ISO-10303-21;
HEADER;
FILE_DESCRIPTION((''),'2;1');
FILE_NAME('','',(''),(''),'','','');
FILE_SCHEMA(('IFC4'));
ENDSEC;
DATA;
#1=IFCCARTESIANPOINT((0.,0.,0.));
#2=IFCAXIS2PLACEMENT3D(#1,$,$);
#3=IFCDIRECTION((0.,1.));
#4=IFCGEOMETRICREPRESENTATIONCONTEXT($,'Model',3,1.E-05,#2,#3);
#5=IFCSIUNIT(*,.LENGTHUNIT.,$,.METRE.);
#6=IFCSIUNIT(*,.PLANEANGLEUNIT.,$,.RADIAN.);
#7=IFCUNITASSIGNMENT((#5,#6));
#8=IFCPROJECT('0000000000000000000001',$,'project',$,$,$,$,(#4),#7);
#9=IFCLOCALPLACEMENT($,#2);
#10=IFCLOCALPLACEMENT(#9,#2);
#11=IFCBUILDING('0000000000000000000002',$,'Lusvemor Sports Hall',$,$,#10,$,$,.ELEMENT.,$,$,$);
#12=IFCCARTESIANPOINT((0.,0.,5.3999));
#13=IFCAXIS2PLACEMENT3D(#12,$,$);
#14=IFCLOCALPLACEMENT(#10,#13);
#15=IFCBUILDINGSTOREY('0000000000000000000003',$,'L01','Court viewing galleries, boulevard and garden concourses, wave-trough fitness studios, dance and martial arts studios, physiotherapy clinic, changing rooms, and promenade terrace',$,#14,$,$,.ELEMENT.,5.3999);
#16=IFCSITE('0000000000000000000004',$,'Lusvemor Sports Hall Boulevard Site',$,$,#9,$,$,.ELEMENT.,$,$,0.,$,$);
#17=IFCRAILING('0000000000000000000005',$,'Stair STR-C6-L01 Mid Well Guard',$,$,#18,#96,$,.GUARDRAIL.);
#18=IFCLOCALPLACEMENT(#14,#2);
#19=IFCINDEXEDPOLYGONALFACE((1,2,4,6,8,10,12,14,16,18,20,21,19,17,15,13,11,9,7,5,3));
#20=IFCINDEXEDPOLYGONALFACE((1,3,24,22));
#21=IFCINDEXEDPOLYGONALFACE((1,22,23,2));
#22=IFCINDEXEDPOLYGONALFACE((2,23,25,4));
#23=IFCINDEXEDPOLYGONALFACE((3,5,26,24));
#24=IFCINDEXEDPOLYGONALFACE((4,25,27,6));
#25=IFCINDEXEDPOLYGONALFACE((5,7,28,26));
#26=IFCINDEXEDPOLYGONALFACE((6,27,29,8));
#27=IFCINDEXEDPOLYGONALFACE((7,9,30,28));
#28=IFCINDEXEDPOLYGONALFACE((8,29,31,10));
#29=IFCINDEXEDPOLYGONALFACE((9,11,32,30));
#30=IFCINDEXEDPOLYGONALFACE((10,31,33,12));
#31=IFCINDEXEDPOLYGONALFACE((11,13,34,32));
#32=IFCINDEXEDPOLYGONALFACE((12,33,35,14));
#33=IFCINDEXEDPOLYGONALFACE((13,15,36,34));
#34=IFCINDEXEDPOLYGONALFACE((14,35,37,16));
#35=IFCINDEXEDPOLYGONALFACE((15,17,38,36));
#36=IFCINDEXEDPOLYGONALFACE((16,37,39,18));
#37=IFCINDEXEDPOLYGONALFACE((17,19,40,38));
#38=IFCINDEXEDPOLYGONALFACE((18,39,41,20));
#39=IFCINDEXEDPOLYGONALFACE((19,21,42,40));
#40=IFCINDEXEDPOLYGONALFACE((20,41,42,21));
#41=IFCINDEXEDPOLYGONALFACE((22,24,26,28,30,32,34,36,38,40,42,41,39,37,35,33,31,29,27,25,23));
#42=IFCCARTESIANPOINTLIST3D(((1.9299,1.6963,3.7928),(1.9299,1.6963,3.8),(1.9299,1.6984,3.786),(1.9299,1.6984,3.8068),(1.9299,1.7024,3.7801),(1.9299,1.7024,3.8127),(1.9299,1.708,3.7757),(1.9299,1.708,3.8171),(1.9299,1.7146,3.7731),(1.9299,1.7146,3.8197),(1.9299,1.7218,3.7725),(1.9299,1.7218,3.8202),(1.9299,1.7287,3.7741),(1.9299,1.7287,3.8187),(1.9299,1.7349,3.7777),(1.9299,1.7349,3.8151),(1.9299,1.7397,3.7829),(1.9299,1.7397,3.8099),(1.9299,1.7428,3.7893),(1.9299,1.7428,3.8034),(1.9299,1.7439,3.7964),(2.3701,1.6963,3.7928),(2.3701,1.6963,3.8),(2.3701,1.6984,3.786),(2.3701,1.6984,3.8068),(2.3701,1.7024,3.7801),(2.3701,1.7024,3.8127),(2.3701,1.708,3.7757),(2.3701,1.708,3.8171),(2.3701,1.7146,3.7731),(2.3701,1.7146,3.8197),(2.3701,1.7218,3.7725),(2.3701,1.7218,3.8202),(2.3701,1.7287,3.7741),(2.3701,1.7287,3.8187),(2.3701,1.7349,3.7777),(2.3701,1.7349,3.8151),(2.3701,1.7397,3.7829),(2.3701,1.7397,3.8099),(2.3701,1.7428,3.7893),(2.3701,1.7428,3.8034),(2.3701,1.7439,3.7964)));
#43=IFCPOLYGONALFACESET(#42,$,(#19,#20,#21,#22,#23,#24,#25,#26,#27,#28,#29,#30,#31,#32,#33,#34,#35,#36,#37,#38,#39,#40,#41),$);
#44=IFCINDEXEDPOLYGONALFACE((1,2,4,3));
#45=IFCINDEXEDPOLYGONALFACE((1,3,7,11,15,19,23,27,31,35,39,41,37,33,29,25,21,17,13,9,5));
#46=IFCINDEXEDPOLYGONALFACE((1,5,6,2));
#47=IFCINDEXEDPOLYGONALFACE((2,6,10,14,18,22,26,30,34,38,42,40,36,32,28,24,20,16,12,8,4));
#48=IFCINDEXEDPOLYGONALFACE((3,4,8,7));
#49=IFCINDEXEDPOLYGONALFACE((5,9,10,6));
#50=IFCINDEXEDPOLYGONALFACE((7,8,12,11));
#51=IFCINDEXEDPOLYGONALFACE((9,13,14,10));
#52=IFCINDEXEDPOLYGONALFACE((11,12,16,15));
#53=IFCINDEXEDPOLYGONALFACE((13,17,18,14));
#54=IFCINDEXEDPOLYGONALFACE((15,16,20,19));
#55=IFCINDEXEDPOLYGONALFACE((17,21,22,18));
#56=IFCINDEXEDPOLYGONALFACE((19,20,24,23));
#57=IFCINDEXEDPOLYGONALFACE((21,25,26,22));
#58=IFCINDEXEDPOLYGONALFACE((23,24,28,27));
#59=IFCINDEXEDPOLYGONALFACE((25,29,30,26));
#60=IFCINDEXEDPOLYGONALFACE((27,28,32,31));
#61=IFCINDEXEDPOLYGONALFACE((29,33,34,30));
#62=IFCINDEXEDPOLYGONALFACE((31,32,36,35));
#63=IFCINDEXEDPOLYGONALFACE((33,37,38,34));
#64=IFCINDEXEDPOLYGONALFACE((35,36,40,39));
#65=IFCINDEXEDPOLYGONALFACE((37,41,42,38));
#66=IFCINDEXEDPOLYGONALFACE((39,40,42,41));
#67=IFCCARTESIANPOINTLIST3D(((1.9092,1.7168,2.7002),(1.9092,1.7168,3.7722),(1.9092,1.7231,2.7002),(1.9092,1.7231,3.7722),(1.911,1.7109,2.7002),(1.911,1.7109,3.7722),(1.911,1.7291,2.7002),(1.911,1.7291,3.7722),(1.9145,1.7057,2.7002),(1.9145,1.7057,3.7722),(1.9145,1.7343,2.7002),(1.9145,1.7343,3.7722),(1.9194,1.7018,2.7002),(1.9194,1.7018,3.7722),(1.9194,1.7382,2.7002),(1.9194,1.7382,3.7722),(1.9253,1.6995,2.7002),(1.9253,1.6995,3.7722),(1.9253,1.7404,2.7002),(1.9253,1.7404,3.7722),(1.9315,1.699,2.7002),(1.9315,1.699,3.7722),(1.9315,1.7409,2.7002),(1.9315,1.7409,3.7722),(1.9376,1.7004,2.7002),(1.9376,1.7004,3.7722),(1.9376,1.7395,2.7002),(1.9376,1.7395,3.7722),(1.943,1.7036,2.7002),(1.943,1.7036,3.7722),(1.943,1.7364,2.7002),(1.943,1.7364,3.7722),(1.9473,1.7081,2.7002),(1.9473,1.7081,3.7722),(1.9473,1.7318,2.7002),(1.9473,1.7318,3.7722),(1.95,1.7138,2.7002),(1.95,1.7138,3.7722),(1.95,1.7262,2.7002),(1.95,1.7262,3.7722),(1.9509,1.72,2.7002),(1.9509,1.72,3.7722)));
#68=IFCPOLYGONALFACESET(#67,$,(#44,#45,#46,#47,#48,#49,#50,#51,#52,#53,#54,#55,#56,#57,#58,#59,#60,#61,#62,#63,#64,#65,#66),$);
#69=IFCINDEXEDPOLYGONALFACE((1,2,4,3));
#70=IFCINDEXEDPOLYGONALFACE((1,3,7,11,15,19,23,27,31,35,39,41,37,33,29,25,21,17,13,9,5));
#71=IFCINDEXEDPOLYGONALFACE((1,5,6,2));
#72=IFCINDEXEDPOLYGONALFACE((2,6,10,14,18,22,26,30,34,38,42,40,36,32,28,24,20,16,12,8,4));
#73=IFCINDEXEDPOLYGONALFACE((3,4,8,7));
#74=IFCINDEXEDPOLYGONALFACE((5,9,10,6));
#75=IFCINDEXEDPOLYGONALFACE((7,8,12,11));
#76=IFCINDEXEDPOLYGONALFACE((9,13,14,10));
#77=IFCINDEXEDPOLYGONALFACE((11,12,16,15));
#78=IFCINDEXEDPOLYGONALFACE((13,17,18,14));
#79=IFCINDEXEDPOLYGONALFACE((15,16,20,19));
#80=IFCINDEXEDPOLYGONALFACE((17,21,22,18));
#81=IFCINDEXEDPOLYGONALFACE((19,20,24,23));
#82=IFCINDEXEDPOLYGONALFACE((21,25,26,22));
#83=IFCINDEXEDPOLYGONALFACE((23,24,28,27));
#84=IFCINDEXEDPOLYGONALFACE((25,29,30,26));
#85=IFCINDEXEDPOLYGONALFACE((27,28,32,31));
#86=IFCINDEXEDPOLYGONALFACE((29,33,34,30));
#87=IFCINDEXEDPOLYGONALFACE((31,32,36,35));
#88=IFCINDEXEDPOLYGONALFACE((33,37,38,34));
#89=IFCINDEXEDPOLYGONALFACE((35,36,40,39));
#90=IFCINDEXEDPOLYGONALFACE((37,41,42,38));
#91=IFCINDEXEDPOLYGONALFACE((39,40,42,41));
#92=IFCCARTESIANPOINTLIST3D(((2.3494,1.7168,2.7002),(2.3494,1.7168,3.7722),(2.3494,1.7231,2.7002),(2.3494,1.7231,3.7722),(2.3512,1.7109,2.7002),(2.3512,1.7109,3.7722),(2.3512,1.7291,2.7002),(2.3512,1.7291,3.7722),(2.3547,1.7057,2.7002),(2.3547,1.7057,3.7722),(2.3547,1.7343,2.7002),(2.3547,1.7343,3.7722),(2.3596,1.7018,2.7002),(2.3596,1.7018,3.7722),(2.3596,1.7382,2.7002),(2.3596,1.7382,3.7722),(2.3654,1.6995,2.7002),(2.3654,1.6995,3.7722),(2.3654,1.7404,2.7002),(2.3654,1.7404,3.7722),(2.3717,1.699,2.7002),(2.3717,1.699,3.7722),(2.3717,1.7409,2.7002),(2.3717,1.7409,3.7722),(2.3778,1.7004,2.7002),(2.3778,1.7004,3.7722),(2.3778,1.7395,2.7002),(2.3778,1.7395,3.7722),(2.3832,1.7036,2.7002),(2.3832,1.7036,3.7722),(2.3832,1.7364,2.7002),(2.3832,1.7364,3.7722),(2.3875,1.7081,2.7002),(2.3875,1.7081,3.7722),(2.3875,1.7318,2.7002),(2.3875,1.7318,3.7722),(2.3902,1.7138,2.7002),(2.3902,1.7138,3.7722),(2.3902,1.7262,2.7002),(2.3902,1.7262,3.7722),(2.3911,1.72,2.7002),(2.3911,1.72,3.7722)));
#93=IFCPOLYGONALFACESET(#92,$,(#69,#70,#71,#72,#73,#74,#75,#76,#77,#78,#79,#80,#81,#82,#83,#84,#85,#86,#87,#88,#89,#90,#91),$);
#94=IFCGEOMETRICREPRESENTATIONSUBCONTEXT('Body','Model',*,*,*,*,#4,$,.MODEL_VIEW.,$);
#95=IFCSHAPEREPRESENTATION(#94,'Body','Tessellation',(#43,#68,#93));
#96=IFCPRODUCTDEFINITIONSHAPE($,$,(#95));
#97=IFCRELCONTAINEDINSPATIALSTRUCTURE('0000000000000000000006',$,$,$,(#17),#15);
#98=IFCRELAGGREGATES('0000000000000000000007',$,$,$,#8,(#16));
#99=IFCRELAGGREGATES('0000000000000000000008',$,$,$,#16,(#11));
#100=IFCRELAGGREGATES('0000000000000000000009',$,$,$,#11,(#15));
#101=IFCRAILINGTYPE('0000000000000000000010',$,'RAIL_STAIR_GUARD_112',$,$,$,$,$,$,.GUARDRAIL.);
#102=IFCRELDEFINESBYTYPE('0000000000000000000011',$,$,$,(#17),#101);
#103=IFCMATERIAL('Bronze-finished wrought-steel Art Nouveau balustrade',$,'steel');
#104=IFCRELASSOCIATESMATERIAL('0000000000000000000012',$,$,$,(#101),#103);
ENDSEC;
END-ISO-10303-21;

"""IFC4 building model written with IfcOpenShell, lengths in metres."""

from ifc_helpers import new_model, si_unit, direction, frame, origin, origin_2d, place, context, subcontext, project, spatial, circle, extrude, material, type_object, element, save


model = new_model("IFC4")

# Units and contexts
model_context = context("Model", 3, precision=1e-05, world=origin(), true_north=direction((0.0, 1.0)))
body_context = subcontext(model_context, "Body", "Model", "MODEL_VIEW")
ifc_project = project(units=[si_unit("LENGTHUNIT", "METRE"), si_unit("PLANEANGLEUNIT", "RADIAN")], contexts=[model_context])

# Site, building, storey
site_placement = place(None, origin())
site = spatial("IfcSite", under=ifc_project, at=site_placement, Name="Lusvemor Sports Hall Boulevard Site", CompositionType="ELEMENT", RefElevation=0.0)
building_placement = place(site_placement, origin())
building = spatial("IfcBuilding", under=site, at=building_placement, Name="Lusvemor Sports Hall", CompositionType="ELEMENT")
storey_placement = place(building_placement, frame((0.0, 0.0, 5.3999)))
storey = spatial("IfcBuildingStorey", under=building, at=storey_placement, Name="L01", Description="Court viewing galleries, boulevard and garden concourses, wave-trough fitness studios, dance and martial arts studios, physiotherapy clinic, changing rooms, and promenade terrace", CompositionType="ELEMENT", Elevation=5.3999)

# Railing
ifc_material_1 = material(Name="Bronze-finished wrought-steel Art Nouveau balustrade", Category="steel")
railing_type_1 = type_object("IfcRailingType", Name="RAIL_STAIR_GUARD_112", PredefinedType="GUARDRAIL", material=ifc_material_1)
railing_1_placement = place(storey_placement, frame((1.9299, 1.72, 2.7002)))
element("IfcRailing", 1, at=railing_1_placement, inside=storey, type_object=railing_type_1, Name="Stair STR-C6-L01 Mid Well Guard", PredefinedType="GUARDRAIL", context=body_context, shape_type="SweptSolid", body=[
    extrude(circle(Radius=0.0239, at=origin_2d()), frame((0.0, 0.0, 1.0962), z_axis=(1.0, 0.0, 0.0), x_axis=(0.0, 1.0, 0.0)), (0.0, 0.0, 1.0), 0.4402),
    extrude(circle(Radius=0.021, at=origin_2d()), origin(), (0.0, 0.0, 1.0), 1.072),
    extrude(circle(Radius=0.021, at=origin_2d()), frame((0.4402, 0.0, 0.0)), (0.0, 0.0, 1.0), 1.072),
])

save(model, "model.ifc")
